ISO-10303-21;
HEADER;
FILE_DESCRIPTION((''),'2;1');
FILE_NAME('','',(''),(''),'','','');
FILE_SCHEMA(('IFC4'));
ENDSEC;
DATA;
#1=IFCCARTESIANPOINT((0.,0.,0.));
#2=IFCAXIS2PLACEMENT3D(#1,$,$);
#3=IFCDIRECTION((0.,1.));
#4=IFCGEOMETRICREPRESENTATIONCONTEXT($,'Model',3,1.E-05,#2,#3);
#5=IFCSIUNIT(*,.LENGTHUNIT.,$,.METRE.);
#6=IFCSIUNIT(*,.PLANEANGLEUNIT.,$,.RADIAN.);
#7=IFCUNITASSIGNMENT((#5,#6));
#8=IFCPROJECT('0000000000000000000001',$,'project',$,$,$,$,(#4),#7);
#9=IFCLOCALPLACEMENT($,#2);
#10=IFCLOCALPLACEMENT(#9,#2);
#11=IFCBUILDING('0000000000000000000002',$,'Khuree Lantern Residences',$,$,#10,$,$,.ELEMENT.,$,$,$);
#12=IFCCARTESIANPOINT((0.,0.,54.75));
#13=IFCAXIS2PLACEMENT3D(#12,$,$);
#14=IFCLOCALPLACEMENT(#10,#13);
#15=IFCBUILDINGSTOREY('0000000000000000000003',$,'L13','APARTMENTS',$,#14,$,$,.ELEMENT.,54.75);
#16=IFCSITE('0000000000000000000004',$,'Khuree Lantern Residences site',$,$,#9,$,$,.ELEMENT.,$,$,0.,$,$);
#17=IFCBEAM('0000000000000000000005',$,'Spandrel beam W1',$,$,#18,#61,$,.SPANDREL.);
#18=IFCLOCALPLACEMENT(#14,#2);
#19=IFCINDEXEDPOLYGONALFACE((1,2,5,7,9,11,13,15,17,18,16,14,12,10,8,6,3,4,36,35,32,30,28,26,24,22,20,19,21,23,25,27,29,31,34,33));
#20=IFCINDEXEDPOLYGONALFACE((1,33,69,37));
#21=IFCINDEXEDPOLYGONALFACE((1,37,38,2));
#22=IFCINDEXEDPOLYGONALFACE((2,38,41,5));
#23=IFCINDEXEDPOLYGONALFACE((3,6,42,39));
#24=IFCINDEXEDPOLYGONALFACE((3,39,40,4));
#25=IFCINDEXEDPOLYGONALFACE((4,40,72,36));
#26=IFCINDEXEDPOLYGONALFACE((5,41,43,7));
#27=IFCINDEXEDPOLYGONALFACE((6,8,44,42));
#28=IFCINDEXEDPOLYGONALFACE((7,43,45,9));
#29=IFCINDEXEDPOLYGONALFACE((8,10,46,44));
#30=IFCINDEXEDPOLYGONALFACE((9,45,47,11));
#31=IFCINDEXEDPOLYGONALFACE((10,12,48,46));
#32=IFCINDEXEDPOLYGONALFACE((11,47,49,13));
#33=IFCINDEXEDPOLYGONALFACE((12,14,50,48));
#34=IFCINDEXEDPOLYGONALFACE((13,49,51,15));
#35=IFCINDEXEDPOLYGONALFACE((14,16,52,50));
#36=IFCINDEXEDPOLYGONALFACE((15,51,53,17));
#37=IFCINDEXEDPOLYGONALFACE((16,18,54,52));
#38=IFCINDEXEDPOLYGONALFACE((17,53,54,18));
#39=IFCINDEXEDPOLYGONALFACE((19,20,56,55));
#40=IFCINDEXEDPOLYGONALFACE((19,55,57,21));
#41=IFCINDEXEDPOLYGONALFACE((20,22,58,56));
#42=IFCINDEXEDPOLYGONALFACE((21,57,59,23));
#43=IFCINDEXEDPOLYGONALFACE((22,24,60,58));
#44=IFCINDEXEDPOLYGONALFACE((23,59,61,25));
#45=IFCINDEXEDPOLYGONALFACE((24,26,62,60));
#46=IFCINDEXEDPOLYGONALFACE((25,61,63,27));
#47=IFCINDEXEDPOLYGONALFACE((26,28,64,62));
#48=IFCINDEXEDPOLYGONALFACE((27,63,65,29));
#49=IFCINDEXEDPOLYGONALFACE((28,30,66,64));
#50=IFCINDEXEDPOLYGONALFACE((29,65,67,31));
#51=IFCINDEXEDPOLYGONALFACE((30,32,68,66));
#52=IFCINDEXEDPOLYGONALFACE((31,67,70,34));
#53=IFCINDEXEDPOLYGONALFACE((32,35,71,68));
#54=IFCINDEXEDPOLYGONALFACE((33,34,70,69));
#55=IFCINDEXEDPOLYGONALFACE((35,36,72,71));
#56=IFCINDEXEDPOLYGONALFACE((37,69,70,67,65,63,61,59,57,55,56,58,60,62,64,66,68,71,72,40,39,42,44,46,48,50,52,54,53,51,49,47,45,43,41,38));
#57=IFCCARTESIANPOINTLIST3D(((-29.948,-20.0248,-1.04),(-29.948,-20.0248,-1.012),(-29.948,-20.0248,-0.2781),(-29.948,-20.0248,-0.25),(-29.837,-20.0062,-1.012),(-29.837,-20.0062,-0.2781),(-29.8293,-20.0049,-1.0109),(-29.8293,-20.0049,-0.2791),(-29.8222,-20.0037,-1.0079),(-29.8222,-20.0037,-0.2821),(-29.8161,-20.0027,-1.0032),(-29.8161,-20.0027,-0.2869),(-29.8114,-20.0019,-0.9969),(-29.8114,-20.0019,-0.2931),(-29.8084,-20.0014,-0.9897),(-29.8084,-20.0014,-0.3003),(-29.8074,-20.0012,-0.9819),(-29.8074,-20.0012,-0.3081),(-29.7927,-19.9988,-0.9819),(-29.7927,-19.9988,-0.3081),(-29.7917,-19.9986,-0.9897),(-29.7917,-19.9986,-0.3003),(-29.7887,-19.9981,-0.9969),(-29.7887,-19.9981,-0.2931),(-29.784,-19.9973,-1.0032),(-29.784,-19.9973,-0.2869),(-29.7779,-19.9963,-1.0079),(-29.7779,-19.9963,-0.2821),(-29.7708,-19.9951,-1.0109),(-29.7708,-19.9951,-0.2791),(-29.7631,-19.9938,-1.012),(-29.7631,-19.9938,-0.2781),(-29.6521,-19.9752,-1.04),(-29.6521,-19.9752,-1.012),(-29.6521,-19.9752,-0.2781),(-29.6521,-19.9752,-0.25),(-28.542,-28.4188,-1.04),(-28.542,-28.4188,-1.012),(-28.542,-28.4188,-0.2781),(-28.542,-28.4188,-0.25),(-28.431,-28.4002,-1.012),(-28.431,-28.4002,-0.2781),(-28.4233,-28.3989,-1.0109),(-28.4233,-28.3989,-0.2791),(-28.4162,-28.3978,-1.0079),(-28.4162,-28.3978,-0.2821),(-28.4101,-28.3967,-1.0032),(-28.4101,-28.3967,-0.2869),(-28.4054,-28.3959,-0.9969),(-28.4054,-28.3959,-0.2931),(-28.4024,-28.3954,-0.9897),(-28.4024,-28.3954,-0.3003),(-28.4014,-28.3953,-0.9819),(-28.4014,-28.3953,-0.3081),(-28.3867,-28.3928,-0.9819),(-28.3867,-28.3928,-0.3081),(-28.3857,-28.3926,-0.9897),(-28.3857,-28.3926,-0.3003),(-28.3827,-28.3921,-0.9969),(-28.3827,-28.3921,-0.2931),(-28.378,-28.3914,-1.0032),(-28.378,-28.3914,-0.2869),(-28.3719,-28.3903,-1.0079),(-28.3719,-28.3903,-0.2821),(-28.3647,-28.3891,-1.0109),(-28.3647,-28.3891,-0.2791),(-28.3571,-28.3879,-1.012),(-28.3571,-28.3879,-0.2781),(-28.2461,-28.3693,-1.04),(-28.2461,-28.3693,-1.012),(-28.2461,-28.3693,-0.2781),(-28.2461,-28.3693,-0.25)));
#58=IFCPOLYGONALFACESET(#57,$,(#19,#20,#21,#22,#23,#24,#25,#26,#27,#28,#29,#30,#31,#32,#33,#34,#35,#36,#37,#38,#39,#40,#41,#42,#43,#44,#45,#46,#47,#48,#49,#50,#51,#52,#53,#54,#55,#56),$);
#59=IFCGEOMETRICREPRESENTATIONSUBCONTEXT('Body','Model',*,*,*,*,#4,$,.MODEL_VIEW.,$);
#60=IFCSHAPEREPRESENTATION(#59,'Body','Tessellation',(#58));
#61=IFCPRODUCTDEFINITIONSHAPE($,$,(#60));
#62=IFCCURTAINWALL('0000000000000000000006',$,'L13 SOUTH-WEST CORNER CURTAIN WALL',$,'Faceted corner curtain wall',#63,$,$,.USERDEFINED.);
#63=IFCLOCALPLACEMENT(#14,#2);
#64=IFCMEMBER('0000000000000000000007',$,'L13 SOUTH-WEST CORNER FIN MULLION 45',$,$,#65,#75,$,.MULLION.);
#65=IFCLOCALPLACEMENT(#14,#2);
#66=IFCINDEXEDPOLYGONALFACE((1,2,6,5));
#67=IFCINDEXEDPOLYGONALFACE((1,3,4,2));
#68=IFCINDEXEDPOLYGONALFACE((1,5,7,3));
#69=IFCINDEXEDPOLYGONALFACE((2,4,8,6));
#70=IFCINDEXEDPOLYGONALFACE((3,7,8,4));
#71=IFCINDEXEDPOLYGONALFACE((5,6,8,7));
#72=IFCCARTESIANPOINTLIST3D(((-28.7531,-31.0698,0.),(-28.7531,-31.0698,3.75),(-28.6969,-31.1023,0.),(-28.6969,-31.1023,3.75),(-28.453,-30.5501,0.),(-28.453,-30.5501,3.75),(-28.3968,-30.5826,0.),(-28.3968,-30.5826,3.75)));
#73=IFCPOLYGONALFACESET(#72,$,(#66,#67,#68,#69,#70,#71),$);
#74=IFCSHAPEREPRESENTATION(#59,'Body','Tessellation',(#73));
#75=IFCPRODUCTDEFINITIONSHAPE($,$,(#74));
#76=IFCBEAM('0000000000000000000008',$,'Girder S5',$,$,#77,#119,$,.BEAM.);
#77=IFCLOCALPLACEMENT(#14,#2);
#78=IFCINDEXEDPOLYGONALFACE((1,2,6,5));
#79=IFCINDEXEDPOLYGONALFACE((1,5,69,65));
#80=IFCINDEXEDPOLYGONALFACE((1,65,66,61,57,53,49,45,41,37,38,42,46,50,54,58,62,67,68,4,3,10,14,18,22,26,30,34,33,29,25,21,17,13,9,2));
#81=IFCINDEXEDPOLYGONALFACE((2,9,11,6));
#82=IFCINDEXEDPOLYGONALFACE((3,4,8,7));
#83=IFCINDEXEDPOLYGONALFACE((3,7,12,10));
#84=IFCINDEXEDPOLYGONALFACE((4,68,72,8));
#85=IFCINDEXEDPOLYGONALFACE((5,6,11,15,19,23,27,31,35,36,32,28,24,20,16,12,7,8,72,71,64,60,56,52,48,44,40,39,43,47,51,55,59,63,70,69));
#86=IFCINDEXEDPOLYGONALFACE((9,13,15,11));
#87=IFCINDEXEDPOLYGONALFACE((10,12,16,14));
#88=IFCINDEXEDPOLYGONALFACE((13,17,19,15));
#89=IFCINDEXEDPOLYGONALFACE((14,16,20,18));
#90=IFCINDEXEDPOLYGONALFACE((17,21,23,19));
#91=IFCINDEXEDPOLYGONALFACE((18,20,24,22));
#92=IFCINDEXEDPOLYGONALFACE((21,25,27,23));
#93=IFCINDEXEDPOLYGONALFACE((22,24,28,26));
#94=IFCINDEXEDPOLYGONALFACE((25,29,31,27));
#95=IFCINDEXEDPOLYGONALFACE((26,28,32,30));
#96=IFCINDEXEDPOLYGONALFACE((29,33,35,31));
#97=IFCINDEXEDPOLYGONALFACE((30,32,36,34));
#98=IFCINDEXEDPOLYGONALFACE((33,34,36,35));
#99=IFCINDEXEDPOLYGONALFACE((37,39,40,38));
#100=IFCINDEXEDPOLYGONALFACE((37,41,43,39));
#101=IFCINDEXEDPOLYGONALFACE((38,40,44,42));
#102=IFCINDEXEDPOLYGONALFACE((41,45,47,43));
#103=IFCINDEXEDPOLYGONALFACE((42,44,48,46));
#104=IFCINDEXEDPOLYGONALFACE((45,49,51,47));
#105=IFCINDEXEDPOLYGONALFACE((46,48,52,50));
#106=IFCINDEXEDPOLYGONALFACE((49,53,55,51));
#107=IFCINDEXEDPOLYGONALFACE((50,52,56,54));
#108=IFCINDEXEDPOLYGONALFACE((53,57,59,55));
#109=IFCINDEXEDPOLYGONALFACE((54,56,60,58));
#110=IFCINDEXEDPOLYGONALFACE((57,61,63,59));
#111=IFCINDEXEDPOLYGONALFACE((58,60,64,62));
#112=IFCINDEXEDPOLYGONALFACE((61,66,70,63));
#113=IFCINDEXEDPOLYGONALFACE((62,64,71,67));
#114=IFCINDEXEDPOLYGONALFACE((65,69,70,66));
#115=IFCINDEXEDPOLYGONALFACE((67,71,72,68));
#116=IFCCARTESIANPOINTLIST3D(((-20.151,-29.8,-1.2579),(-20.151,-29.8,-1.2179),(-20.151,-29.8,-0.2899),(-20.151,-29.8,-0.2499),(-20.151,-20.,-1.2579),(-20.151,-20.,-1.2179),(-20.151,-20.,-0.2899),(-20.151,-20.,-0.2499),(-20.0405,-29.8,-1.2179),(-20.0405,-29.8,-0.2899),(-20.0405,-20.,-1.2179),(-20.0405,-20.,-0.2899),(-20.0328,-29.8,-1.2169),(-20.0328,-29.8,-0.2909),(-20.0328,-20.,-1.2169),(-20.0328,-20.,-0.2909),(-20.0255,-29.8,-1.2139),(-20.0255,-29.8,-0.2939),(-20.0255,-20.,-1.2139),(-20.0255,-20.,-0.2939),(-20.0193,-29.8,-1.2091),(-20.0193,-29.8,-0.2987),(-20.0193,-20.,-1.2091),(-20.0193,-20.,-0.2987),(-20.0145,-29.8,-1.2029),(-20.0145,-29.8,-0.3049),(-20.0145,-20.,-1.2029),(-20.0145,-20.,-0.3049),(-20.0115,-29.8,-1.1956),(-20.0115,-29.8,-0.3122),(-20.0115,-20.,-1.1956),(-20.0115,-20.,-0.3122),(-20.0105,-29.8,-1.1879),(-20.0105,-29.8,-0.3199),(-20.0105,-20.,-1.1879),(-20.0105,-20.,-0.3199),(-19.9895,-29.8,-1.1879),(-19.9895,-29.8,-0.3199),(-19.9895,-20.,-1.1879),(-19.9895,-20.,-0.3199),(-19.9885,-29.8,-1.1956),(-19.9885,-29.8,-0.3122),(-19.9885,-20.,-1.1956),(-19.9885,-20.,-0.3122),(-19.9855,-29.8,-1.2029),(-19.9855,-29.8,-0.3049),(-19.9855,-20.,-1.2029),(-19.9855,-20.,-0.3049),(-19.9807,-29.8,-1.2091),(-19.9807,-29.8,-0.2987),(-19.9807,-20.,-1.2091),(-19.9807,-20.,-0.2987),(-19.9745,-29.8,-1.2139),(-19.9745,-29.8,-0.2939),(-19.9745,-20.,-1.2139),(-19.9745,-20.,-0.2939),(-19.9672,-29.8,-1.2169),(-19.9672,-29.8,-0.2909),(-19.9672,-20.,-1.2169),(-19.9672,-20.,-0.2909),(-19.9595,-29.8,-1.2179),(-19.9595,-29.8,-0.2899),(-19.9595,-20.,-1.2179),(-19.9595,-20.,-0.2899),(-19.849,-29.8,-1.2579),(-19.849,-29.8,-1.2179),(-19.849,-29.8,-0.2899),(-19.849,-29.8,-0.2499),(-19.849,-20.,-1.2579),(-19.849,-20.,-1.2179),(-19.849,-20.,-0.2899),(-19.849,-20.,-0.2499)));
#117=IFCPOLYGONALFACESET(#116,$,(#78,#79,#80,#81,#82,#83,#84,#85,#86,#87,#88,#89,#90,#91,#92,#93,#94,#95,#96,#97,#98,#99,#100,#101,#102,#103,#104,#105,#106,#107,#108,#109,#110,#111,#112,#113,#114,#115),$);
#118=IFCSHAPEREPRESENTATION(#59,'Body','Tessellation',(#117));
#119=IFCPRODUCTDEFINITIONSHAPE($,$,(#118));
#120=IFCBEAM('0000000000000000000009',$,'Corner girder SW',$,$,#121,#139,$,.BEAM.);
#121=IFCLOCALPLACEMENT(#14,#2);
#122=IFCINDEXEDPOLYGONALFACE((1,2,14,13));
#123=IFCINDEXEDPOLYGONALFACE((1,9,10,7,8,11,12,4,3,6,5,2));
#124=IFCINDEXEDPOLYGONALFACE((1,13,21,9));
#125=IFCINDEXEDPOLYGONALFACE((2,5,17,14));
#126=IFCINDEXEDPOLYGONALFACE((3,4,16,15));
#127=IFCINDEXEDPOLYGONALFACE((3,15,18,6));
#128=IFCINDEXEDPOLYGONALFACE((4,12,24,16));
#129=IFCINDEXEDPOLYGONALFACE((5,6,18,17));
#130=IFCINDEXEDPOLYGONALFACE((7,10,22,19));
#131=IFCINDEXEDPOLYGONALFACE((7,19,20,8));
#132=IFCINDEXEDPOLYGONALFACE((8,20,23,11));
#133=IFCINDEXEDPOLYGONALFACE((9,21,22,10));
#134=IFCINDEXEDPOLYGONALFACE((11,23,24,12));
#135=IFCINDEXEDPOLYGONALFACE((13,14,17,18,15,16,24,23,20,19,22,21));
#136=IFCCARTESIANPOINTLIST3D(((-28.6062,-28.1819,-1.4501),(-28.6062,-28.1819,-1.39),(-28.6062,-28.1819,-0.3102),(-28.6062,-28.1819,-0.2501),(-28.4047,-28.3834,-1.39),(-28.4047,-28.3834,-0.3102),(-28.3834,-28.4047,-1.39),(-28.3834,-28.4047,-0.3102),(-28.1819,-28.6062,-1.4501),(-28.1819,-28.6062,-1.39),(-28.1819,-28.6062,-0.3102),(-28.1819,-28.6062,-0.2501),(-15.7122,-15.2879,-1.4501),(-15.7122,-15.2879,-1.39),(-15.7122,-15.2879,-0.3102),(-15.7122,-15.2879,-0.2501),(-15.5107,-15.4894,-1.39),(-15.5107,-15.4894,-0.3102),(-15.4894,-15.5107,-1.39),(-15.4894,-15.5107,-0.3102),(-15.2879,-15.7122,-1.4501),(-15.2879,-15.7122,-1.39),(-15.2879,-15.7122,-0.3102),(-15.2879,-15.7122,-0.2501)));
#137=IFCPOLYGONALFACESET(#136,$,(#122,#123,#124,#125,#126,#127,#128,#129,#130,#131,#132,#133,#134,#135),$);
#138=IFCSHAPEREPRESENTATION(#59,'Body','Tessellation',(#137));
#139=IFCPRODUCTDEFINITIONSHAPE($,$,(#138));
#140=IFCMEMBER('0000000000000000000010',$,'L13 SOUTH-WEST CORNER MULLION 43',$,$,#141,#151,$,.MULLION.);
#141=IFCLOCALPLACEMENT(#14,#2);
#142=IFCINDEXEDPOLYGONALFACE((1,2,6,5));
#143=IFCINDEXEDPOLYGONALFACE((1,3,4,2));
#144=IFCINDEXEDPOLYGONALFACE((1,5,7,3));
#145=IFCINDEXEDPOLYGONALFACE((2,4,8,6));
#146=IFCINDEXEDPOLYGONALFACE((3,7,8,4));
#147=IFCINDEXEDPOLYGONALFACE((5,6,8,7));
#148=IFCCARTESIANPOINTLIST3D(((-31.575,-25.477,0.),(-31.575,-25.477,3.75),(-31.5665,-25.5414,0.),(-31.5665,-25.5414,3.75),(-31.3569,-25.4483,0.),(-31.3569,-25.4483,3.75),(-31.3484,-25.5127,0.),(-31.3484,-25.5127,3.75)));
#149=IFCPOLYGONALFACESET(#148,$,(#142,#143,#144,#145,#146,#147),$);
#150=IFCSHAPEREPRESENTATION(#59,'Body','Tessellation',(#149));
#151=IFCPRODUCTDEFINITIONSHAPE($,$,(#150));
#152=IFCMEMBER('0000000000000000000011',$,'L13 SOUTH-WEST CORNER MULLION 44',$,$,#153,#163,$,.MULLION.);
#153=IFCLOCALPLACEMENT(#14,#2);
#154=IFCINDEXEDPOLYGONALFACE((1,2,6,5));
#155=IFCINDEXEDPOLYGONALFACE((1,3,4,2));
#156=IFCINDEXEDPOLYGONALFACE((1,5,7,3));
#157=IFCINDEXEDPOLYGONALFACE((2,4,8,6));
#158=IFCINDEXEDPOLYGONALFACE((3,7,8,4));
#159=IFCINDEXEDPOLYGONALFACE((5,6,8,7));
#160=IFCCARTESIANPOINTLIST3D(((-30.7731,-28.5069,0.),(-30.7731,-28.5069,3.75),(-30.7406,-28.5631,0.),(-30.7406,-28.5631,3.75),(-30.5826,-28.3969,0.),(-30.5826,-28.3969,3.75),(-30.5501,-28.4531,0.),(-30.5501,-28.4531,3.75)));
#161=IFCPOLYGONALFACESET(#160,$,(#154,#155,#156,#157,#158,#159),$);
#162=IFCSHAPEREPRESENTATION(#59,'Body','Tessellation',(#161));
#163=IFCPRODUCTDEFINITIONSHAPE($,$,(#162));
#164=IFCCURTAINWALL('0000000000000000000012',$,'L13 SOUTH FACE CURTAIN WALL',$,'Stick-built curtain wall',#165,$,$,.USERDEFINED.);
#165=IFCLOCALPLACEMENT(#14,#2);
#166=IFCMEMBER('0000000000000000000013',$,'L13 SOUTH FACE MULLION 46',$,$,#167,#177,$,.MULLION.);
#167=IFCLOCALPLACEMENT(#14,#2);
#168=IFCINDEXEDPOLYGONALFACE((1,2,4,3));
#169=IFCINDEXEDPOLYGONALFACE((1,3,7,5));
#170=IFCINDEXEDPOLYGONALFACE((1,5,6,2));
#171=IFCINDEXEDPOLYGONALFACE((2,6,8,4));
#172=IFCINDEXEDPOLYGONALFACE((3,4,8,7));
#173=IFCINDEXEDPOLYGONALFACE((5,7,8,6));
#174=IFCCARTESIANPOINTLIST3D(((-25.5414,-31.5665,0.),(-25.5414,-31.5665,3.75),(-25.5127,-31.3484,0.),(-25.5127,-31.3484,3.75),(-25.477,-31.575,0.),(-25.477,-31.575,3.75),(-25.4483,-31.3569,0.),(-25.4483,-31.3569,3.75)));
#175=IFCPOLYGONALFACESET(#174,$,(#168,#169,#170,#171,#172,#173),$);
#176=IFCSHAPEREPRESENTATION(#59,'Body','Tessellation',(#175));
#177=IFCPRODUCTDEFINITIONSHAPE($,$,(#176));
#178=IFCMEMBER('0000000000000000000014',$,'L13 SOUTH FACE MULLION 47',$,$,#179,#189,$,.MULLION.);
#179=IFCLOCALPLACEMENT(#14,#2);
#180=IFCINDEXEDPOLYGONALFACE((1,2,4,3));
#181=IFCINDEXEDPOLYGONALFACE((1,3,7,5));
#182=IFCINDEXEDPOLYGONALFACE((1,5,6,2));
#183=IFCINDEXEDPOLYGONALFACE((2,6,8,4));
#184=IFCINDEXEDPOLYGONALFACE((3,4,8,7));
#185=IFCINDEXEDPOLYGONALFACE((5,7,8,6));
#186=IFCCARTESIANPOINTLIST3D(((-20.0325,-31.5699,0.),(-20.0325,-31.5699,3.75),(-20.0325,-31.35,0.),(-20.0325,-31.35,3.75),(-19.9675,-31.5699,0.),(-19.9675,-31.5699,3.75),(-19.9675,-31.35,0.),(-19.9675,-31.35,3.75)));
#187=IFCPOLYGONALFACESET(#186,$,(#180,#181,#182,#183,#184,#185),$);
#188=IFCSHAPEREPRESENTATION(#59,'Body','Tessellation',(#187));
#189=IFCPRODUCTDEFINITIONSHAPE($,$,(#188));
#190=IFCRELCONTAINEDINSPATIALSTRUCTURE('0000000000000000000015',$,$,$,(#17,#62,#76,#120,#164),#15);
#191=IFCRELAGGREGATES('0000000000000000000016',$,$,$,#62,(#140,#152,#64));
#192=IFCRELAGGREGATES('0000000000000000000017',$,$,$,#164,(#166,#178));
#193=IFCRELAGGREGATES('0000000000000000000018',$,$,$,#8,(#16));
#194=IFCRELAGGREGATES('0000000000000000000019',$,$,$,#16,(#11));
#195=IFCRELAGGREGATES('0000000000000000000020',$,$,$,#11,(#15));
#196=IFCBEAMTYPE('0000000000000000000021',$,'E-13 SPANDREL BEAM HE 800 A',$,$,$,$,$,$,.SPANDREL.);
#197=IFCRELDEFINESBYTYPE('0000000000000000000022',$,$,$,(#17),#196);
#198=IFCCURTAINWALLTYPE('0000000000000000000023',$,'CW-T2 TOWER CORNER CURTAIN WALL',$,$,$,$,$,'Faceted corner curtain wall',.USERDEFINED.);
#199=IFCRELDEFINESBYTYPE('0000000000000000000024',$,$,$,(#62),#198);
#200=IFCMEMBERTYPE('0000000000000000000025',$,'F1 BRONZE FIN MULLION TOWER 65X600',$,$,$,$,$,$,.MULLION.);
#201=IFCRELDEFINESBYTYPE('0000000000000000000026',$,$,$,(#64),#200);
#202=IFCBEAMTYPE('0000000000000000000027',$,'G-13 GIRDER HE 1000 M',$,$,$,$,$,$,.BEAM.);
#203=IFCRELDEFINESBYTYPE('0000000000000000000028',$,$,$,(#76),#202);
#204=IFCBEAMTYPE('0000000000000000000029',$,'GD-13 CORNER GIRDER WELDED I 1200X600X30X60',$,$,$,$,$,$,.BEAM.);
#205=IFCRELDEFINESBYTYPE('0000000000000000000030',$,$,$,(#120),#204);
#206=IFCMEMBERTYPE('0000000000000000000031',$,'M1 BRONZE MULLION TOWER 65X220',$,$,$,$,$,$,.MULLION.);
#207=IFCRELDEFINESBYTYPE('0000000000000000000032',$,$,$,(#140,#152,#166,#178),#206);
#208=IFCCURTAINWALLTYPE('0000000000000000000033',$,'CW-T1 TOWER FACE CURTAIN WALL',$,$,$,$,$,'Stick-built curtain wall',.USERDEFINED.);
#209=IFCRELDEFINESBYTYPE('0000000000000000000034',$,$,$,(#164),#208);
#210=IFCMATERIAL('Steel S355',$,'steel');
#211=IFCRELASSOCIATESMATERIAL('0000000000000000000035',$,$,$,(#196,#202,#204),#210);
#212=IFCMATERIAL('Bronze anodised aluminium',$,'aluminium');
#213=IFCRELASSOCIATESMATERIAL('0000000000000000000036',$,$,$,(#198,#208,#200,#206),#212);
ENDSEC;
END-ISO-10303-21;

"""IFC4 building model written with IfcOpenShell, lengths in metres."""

from ifc_helpers import new_model, si_unit, direction, frame, origin, origin_2d, place, context, subcontext, project, spatial, rectangle, i_section, extrude, material, material_profile, profile_set, type_object, element, aggregate, save


model = new_model("IFC4")

# Units and contexts
model_context = context("Model", 3, precision=1e-05, world=origin(), true_north=direction((0.0, 1.0)))
body_context = subcontext(model_context, "Body", "Model", "MODEL_VIEW")
ifc_project = project(units=[si_unit("LENGTHUNIT", "METRE"), si_unit("PLANEANGLEUNIT", "RADIAN")], contexts=[model_context])

# Site, building, storey
site_placement = place(None, origin())
site = spatial("IfcSite", under=ifc_project, at=site_placement, Name="Khuree Lantern Residences site", CompositionType="ELEMENT", RefElevation=0.0)
building_placement = place(site_placement, origin())
building = spatial("IfcBuilding", under=site, at=building_placement, Name="Khuree Lantern Residences", CompositionType="ELEMENT")
storey_placement = place(building_placement, frame((0.0, 0.0, 54.75)))
storey = spatial("IfcBuildingStorey", under=building, at=storey_placement, Name="L13", Description="APARTMENTS", CompositionType="ELEMENT", Elevation=54.75)

# Beam
ifc_material_1 = material(Name="Steel S355", Category="steel")
ifc_material_profile_1 = material_profile(ifc_material_1, i_section(OverallWidth=0.3, OverallDepth=0.79, WebThickness=0.0149, FlangeThickness=0.0281, FilletRadius=0.03, at=origin_2d()), Name="HE 800 A")
ifc_profile_set_1 = profile_set([ifc_material_profile_1], Name="Steel S355")
beam_type_1 = type_object("IfcBeamType", Name="E-13 SPANDREL BEAM HE 800 A", PredefinedType="SPANDREL", material=ifc_profile_set_1)
for number, where, z_axis, x_axis, name in (
    (1, (-28.394, -28.394, -0.645), (-0.165199, 0.98626, 0.0), (-0.98626, -0.165199, 0.0), "Spandrel beam W1"),
):
    element("IfcBeam", number, at=place(storey_placement, frame(where, z_axis=z_axis, x_axis=x_axis)), inside=storey, type_object=beam_type_1, Name=name, PredefinedType="SPANDREL", context=body_context, shape_type="SweptSolid", body=[
        extrude(i_section(OverallWidth=0.3, OverallDepth=0.79, WebThickness=0.0149, FlangeThickness=0.0281, FilletRadius=0.03, at=origin_2d()), origin(), (0.0, 0.0, 1.0), 8.511),
    ])

# Curtain wall, member
ifc_material_2 = material(Name="Bronze anodised aluminium", Category="aluminium")
curtain_wall_type_1 = type_object("IfcCurtainWallType", Name="CW-T2 TOWER CORNER CURTAIN WALL", ElementType="Faceted corner curtain wall", PredefinedType="USERDEFINED", material=ifc_material_2)
curtain_wall_1_placement = place(storey_placement, origin())
curtain_wall_1 = element("IfcCurtainWall", 2, at=curtain_wall_1_placement, inside=storey, type_object=curtain_wall_type_1, Name="L13 SOUTH-WEST CORNER CURTAIN WALL", ObjectType="Faceted corner curtain wall", PredefinedType="USERDEFINED")
ifc_material_profile_2 = material_profile(ifc_material_2, rectangle(XDim=0.0649, YDim=0.6001, at=origin_2d()), Name="F1 65X600")
ifc_profile_set_2 = profile_set([ifc_material_profile_2], Name="Bronze anodised aluminium")
member_type_1 = type_object("IfcMemberType", Name="F1 BRONZE FIN MULLION TOWER 65X600", PredefinedType="MULLION", material=ifc_profile_set_2)
member_1_placement = place(storey_placement, frame((-28.575, -30.8262, 0.0), z_axis=(0.0, 0.0, 1.0), x_axis=(0.866025, -0.5, 0.0)))
member_1 = element("IfcMember", 3, at=member_1_placement, type_object=member_type_1, Name="L13 SOUTH-WEST CORNER FIN MULLION 45", PredefinedType="MULLION", context=body_context, shape_type="SweptSolid", body=[
    extrude(rectangle(XDim=0.0649, YDim=0.6001, at=origin_2d()), origin(), (0.0, 0.0, 1.0), 3.75),
])

# Beams
ifc_material_profile_3 = material_profile(ifc_material_1, i_section(OverallWidth=0.302, OverallDepth=1.0081, WebThickness=0.021, FlangeThickness=0.04, FilletRadius=0.03, at=origin_2d()), Name="HE 1000 M")
ifc_profile_set_3 = profile_set([ifc_material_profile_3], Name="Steel S355")
beam_type_2 = type_object("IfcBeamType", Name="G-13 GIRDER HE 1000 M", PredefinedType="BEAM", material=ifc_profile_set_3)
beam_1_placement = place(storey_placement, frame((-20.0, -29.8, -0.7539), z_axis=(0.0, 1.0, 0.0), x_axis=(-1.0, 0.0, 0.0)))
element("IfcBeam", 4, at=beam_1_placement, inside=storey, type_object=beam_type_2, Name="Girder S5", PredefinedType="BEAM", context=body_context, shape_type="SweptSolid", body=[
    extrude(i_section(OverallWidth=0.302, OverallDepth=1.0081, WebThickness=0.021, FlangeThickness=0.04, FilletRadius=0.03, at=origin_2d()), origin(), (0.0, 0.0, 1.0), 9.8),
])
ifc_material_profile_4 = material_profile(ifc_material_1, i_section(OverallWidth=0.6001, OverallDepth=1.2, WebThickness=0.03, FlangeThickness=0.0601, at=origin_2d()), Name="WELDED I 1200X600X30X60")
ifc_profile_set_4 = profile_set([ifc_material_profile_4], Name="Steel S355")
beam_type_3 = type_object("IfcBeamType", Name="GD-13 CORNER GIRDER WELDED I 1200X600X30X60", PredefinedType="BEAM", material=ifc_profile_set_4)
beam_2_placement = place(storey_placement, frame((-28.394, -28.394, -0.8501), z_axis=(0.707107, 0.707107, 0.0), x_axis=(-0.707107, 0.707107, 0.0)))
element("IfcBeam", 5, at=beam_2_placement, inside=storey, type_object=beam_type_3, Name="Corner girder SW", PredefinedType="BEAM", context=body_context, shape_type="SweptSolid", body=[
    extrude(i_section(OverallWidth=0.6001, OverallDepth=1.2, WebThickness=0.03, FlangeThickness=0.0601, at=origin_2d()), origin(), (0.0, 0.0, 1.0), 18.2349),
])

# Members
ifc_material_profile_5 = material_profile(ifc_material_2, rectangle(XDim=0.0649, YDim=0.22, at=origin_2d()), Name="M1 65X220")
ifc_profile_set_5 = profile_set([ifc_material_profile_5], Name="Bronze anodised aluminium")
member_type_2 = type_object("IfcMemberType", Name="M1 BRONZE MULLION TOWER 65X220", PredefinedType="MULLION", material=ifc_profile_set_5)
member_2_placement = place(storey_placement, frame((-31.4617, -25.4949, 0.0), z_axis=(0.0, 0.0, 1.0), x_axis=(0.130526, -0.991445, 0.0)))
member_2 = element("IfcMember", 6, at=member_2_placement, type_object=member_type_2, Name="L13 SOUTH-WEST CORNER MULLION 43", PredefinedType="MULLION", context=body_context, shape_type="SweptSolid", body=[
    extrude(rectangle(XDim=0.0649, YDim=0.22, at=origin_2d()), origin(), (0.0, 0.0, 1.0), 3.75),
])
member_3_placement = place(storey_placement, frame((-30.6616, -28.48, 0.0), z_axis=(0.0, 0.0, 1.0), x_axis=(0.5, -0.866025, 0.0)))
member_3 = element("IfcMember", 7, at=member_3_placement, type_object=member_type_2, Name="L13 SOUTH-WEST CORNER MULLION 44", PredefinedType="MULLION", context=body_context, shape_type="SweptSolid", body=[
    extrude(rectangle(XDim=0.0649, YDim=0.22, at=origin_2d()), origin(), (0.0, 0.0, 1.0), 3.75),
])

# Curtain wall, members
curtain_wall_type_2 = type_object("IfcCurtainWallType", Name="CW-T1 TOWER FACE CURTAIN WALL", ElementType="Stick-built curtain wall", PredefinedType="USERDEFINED", material=ifc_material_2)
curtain_wall_2_placement = place(storey_placement, origin())
curtain_wall_2 = element("IfcCurtainWall", 8, at=curtain_wall_2_placement, inside=storey, type_object=curtain_wall_type_2, Name="L13 SOUTH FACE CURTAIN WALL", ObjectType="Stick-built curtain wall", PredefinedType="USERDEFINED")
member_4_placement = place(storey_placement, frame((-25.4949, -31.4617, 0.0), z_axis=(0.0, 0.0, 1.0), x_axis=(0.991445, -0.130526, 0.0)))
member_4 = element("IfcMember", 9, at=member_4_placement, type_object=member_type_2, Name="L13 SOUTH FACE MULLION 46", PredefinedType="MULLION", context=body_context, shape_type="SweptSolid", body=[
    extrude(rectangle(XDim=0.0649, YDim=0.22, at=origin_2d()), origin(), (0.0, 0.0, 1.0), 3.75),
])
member_5_placement = place(storey_placement, frame((-20.0, -31.46, 0.0), z_axis=(0.0, 0.0, 1.0), x_axis=(1.0, 0.0, 0.0)))
member_5 = element("IfcMember", 10, at=member_5_placement, type_object=member_type_2, Name="L13 SOUTH FACE MULLION 47", PredefinedType="MULLION", context=body_context, shape_type="SweptSolid", body=[
    extrude(rectangle(XDim=0.0649, YDim=0.22, at=origin_2d()), origin(), (0.0, 0.0, 1.0), 3.75),
])

aggregate(curtain_wall_1, [member_2, member_3, member_1])
aggregate(curtain_wall_2, [member_4, member_5])

save(model, "model.ifc")
